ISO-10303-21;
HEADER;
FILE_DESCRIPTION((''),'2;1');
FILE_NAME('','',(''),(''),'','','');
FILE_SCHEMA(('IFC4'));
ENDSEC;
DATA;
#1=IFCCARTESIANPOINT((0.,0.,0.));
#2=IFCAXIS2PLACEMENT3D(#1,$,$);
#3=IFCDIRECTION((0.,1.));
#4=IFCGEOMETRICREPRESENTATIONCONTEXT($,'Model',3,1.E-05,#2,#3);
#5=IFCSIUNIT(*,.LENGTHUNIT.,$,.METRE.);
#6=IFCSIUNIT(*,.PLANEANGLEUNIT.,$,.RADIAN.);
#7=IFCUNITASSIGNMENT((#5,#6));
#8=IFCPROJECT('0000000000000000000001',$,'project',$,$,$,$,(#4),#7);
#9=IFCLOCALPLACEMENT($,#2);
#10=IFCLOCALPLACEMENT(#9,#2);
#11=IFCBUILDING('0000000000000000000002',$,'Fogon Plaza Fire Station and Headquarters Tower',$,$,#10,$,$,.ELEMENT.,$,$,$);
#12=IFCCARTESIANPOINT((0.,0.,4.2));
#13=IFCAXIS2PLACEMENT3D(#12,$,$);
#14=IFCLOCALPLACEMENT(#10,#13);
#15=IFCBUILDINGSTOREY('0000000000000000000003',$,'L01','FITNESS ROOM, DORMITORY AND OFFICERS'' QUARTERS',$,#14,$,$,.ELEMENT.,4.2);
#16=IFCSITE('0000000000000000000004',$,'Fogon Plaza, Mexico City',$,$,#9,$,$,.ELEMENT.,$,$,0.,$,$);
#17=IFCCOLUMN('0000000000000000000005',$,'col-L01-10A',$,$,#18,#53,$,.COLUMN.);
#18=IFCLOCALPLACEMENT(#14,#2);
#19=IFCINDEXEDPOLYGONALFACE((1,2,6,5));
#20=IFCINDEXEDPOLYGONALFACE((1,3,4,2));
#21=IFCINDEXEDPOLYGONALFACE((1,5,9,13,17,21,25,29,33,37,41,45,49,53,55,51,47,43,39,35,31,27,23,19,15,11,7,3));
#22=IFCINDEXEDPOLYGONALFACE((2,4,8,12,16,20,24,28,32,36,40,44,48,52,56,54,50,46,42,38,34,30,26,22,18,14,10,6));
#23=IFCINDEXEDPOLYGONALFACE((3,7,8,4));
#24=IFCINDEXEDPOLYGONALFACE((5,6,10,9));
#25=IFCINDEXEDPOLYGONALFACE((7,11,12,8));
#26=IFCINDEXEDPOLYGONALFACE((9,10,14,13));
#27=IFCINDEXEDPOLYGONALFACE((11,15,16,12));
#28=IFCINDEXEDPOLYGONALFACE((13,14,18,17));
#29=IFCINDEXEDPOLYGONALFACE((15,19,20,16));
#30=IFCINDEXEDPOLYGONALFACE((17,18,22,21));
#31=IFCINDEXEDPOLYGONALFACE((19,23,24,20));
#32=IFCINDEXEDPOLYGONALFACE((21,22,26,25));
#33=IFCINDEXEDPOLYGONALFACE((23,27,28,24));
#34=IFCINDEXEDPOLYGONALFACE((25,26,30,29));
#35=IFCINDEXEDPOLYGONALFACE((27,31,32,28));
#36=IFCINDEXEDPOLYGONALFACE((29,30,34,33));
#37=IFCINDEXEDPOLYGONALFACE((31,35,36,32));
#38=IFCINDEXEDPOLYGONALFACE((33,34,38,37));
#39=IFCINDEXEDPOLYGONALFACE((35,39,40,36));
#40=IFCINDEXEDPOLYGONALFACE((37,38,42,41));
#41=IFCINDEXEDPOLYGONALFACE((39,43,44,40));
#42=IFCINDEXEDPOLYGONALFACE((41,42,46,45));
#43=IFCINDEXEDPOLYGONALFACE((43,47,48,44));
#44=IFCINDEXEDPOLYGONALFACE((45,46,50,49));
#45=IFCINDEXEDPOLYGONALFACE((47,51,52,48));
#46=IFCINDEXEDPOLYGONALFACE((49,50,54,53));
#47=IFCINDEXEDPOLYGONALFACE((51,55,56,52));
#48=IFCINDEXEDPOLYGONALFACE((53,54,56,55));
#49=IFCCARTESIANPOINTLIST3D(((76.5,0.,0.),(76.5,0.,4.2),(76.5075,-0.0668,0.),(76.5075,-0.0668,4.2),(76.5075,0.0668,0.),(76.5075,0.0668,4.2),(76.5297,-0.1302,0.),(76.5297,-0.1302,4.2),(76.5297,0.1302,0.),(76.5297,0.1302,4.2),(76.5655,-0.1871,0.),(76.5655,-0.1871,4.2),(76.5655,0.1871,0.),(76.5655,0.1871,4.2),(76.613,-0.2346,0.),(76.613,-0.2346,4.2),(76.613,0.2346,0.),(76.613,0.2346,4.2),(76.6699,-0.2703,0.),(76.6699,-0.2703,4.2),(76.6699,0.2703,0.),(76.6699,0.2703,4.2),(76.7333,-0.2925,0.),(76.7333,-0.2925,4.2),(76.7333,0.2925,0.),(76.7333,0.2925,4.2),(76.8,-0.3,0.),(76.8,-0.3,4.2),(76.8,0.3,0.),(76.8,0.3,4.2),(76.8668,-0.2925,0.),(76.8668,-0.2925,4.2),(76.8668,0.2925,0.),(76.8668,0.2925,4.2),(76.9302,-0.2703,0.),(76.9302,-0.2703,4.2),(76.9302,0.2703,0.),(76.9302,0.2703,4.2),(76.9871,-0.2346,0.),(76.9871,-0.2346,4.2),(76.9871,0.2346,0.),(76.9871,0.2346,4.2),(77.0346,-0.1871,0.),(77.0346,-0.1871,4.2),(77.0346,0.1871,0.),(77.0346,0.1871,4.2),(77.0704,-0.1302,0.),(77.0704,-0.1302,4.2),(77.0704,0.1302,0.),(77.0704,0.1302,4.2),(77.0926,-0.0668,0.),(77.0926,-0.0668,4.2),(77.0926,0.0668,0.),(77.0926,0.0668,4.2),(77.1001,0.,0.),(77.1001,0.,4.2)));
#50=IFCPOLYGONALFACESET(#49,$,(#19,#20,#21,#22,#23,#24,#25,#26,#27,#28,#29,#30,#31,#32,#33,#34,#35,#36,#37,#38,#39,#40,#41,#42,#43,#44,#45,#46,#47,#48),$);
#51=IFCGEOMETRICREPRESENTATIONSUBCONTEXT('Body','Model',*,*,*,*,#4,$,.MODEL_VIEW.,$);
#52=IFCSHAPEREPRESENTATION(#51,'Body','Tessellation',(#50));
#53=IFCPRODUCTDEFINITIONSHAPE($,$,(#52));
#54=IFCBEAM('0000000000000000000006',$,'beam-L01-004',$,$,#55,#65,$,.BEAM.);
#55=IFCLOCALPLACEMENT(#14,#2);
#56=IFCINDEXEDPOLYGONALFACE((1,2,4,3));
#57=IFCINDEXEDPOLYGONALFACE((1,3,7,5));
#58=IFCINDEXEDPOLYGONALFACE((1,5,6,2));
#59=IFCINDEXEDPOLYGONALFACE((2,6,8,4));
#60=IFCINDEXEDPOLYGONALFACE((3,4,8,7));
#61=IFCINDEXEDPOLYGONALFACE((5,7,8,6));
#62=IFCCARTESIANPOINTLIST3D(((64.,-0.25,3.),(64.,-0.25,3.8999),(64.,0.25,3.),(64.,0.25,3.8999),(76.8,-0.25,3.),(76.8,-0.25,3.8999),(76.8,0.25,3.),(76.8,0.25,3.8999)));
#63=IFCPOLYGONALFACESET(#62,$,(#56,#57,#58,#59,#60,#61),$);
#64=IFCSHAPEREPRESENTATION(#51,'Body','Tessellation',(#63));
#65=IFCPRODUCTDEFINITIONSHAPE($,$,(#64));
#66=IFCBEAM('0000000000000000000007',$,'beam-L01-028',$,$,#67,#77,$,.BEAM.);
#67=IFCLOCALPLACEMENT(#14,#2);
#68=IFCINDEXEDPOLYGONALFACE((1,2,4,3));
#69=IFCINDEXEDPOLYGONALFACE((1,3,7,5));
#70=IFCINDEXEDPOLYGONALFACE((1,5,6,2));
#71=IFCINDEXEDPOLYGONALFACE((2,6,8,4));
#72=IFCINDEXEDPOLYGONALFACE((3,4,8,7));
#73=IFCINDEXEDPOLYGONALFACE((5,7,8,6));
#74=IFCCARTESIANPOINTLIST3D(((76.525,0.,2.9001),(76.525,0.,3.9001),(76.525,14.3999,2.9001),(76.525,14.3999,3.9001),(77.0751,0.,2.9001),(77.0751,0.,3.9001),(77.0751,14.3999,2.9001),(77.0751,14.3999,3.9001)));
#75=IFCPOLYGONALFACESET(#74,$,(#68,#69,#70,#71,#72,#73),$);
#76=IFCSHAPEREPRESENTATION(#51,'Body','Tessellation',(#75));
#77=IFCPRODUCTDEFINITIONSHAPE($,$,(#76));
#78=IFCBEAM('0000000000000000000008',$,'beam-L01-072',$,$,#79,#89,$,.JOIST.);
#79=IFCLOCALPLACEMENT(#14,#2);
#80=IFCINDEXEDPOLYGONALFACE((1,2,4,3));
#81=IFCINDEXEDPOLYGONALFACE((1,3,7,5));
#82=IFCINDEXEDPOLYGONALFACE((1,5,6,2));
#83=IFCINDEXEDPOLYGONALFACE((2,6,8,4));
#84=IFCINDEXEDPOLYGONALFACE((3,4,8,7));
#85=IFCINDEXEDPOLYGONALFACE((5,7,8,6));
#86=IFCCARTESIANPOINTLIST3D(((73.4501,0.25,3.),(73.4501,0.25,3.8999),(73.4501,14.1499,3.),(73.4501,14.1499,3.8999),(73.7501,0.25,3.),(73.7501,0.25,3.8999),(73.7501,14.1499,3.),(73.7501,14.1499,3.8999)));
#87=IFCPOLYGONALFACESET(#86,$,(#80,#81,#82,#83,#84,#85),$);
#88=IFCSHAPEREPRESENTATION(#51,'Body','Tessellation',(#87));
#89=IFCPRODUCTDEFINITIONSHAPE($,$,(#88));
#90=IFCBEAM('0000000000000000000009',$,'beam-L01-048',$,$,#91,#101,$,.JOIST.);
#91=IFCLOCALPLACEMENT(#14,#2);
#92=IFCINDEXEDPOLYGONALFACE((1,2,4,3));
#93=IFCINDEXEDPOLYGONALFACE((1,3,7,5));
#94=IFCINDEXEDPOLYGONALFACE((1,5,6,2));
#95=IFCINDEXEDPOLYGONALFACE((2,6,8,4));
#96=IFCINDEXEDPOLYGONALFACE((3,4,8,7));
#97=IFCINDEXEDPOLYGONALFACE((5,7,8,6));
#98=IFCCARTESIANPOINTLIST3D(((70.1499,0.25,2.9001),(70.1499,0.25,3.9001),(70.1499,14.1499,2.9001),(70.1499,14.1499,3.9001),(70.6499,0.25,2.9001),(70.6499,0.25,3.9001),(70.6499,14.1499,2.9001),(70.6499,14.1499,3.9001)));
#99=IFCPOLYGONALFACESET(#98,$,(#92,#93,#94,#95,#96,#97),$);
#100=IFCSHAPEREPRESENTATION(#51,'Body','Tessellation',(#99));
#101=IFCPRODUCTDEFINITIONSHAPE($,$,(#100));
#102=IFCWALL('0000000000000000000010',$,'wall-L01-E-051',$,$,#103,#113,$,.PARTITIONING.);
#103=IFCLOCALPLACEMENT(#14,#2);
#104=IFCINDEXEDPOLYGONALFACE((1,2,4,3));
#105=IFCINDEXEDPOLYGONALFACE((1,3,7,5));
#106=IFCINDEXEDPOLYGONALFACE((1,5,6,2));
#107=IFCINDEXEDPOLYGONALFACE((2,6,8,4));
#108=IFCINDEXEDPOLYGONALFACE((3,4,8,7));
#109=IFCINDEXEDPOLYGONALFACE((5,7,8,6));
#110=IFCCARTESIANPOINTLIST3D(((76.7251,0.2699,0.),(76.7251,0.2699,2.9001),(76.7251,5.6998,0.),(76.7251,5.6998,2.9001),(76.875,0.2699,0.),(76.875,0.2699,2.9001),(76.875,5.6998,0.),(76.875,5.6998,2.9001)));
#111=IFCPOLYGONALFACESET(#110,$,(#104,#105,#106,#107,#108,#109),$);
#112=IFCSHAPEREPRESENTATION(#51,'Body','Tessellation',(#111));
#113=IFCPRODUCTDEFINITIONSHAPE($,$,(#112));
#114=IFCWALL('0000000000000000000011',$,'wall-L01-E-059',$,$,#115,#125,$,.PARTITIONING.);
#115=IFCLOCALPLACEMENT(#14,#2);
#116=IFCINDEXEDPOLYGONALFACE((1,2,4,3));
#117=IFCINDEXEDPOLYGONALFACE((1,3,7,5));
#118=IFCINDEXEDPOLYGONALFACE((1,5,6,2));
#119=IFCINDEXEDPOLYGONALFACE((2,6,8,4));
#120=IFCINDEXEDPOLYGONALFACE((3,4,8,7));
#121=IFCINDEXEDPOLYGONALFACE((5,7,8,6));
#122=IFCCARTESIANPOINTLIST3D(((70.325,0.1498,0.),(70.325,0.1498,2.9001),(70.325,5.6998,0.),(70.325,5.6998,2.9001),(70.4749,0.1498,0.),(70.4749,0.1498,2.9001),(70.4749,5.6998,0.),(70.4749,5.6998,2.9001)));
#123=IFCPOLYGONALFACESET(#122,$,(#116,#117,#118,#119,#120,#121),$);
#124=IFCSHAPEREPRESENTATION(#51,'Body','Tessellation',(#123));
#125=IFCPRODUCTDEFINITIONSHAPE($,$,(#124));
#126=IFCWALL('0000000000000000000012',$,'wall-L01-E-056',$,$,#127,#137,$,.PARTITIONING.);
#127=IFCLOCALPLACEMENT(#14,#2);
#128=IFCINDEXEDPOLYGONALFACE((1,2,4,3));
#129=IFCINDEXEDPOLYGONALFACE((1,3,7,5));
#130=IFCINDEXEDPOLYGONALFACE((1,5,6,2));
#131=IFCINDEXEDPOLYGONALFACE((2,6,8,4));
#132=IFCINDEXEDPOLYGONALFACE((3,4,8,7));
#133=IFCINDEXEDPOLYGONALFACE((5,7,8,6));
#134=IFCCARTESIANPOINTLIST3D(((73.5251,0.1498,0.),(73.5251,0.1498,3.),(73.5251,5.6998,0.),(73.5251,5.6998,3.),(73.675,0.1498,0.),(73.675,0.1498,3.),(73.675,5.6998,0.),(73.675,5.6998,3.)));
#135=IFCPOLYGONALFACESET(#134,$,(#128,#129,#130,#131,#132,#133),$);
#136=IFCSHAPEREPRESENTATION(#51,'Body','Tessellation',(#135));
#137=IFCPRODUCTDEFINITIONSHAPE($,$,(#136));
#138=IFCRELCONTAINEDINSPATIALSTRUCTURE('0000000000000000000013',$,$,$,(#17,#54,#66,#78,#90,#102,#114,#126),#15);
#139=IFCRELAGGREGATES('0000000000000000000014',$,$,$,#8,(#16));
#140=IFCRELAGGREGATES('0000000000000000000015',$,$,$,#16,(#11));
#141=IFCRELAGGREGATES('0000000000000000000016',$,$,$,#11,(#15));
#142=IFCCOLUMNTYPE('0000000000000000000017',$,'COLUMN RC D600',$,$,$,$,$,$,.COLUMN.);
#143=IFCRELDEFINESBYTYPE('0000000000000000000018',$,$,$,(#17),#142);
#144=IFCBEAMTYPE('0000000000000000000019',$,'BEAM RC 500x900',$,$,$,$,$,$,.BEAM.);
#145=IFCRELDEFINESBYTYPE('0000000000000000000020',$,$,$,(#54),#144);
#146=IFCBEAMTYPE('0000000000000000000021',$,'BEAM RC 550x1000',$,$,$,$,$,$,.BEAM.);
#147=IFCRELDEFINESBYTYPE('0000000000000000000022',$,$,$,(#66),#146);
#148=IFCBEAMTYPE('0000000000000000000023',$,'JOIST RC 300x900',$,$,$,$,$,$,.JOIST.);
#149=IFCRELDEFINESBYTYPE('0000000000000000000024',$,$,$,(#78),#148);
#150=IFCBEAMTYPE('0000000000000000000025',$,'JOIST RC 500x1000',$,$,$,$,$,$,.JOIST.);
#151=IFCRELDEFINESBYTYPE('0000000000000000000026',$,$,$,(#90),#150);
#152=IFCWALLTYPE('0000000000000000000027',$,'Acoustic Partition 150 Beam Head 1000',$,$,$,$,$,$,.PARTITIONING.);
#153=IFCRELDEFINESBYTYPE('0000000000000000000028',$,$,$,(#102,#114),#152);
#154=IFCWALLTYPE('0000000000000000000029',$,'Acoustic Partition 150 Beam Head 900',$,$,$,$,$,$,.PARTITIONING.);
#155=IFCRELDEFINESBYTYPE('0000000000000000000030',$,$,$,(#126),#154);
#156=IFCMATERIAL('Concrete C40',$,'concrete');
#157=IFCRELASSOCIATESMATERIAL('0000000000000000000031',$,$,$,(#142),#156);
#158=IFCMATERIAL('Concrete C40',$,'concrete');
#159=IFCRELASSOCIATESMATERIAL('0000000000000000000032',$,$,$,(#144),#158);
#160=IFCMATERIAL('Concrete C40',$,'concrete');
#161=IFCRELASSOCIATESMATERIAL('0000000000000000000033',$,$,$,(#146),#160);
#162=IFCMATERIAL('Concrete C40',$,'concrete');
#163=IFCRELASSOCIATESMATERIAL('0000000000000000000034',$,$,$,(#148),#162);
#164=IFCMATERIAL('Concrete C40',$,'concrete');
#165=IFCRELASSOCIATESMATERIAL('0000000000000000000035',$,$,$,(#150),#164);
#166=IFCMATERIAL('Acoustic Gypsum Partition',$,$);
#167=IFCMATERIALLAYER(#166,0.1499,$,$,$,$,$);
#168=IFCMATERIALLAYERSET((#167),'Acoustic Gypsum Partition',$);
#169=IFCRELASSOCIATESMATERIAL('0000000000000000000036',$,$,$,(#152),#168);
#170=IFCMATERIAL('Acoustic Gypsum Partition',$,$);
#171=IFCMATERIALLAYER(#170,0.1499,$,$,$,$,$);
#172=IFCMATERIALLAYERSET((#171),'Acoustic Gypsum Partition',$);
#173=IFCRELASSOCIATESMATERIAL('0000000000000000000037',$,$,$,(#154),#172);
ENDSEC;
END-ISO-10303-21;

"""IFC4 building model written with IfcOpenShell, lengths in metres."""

from ifc_helpers import new_model, si_unit, direction, frame, frame_2d, origin, origin_2d, place, context, subcontext, project, spatial, rectangle, circle, extrude, material, layer, layer_set, material_profile, profile_set, type_object, element, save


model = new_model("IFC4")

# Units and contexts
model_context = context("Model", 3, precision=1e-05, world=origin(), true_north=direction((0.0, 1.0)))
body_context = subcontext(model_context, "Body", "Model", "MODEL_VIEW")
ifc_project = project(units=[si_unit("LENGTHUNIT", "METRE"), si_unit("PLANEANGLEUNIT", "RADIAN")], contexts=[model_context])

# Site, building, storey
site_placement = place(None, origin())
site = spatial("IfcSite", under=ifc_project, at=site_placement, Name="Fogon Plaza, Mexico City", CompositionType="ELEMENT", RefElevation=0.0)
building_placement = place(site_placement, origin())
building = spatial("IfcBuilding", under=site, at=building_placement, Name="Fogon Plaza Fire Station and Headquarters Tower", CompositionType="ELEMENT")
storey_placement = place(building_placement, frame((0.0, 0.0, 4.2)))
storey = spatial("IfcBuildingStorey", under=building, at=storey_placement, Name="L01", Description="FITNESS ROOM, DORMITORY AND OFFICERS' QUARTERS", CompositionType="ELEMENT", Elevation=4.2)

# Column
ifc_material_1 = material(Name="Concrete C40", Category="concrete")
ifc_material_profile_1 = material_profile(ifc_material_1, circle(Radius=0.3, at=origin_2d()), Name="RC D600")
ifc_profile_set_1 = profile_set([ifc_material_profile_1], Name="Concrete C40")
column_type = type_object("IfcColumnType", Name="COLUMN RC D600", PredefinedType="COLUMN", material=ifc_profile_set_1)
column_placement = place(storey_placement, frame((76.8, 0.0, 0.0), z_axis=(0.0, 0.0, 1.0), x_axis=(1.0, 0.0, 0.0)))
element("IfcColumn", 1, at=column_placement, inside=storey, type_object=column_type, Name="col-L01-10A", PredefinedType="COLUMN", context=body_context, shape_type="SweptSolid", body=[
    extrude(circle(Radius=0.3, at=origin_2d()), origin(), (0.0, 0.0, 1.0), 4.2),
])

# Beams
ifc_material_2 = material(Name="Concrete C40", Category="concrete")
ifc_material_profile_2 = material_profile(ifc_material_2, rectangle(XDim=0.5, YDim=0.8999, at=origin_2d()), Name="RC 500x900")
ifc_profile_set_2 = profile_set([ifc_material_profile_2], Name="Concrete C40")
beam_type_1 = type_object("IfcBeamType", Name="BEAM RC 500x900", PredefinedType="BEAM", material=ifc_profile_set_2)
beam_1_placement = place(storey_placement, frame((76.8, 0.0, 3.45), z_axis=(-1.0, 0.0, 0.0), x_axis=(0.0, -1.0, 0.0)))
element("IfcBeam", 2, at=beam_1_placement, inside=storey, type_object=beam_type_1, Name="beam-L01-004", PredefinedType="BEAM", context=body_context, shape_type="SweptSolid", body=[
    extrude(rectangle(XDim=0.5, YDim=0.8999, at=origin_2d()), origin(), (0.0, 0.0, 1.0), 12.8),
])
ifc_material_3 = material(Name="Concrete C40", Category="concrete")
ifc_material_profile_3 = material_profile(ifc_material_3, rectangle(XDim=0.55, YDim=1.0, at=origin_2d()), Name="RC 550x1000")
ifc_profile_set_3 = profile_set([ifc_material_profile_3], Name="Concrete C40")
beam_type_2 = type_object("IfcBeamType", Name="BEAM RC 550x1000", PredefinedType="BEAM", material=ifc_profile_set_3)
beam_2_placement = place(storey_placement, frame((76.8, 0.0, 3.4001), z_axis=(0.0, 1.0, 0.0), x_axis=(-1.0, 0.0, 0.0)))
element("IfcBeam", 3, at=beam_2_placement, inside=storey, type_object=beam_type_2, Name="beam-L01-028", PredefinedType="BEAM", context=body_context, shape_type="SweptSolid", body=[
    extrude(rectangle(XDim=0.55, YDim=1.0, at=origin_2d()), origin(), (0.0, 0.0, 1.0), 14.3999),
])
ifc_material_4 = material(Name="Concrete C40", Category="concrete")
ifc_material_profile_4 = material_profile(ifc_material_4, rectangle(XDim=0.3, YDim=0.8999, at=origin_2d()), Name="RC 300x900")
ifc_profile_set_4 = profile_set([ifc_material_profile_4], Name="Concrete C40")
beam_type_3 = type_object("IfcBeamType", Name="JOIST RC 300x900", PredefinedType="JOIST", material=ifc_profile_set_4)
beam_3_placement = place(storey_placement, frame((73.6001, 0.25, 3.45), z_axis=(0.0, 1.0, 0.0), x_axis=(-1.0, 0.0, 0.0)))
element("IfcBeam", 4, at=beam_3_placement, inside=storey, type_object=beam_type_3, Name="beam-L01-072", PredefinedType="JOIST", context=body_context, shape_type="SweptSolid", body=[
    extrude(rectangle(XDim=0.3, YDim=0.8999, at=origin_2d()), origin(), (0.0, 0.0, 1.0), 13.8999),
])
ifc_material_5 = material(Name="Concrete C40", Category="concrete")
ifc_material_profile_5 = material_profile(ifc_material_5, rectangle(XDim=0.5, YDim=1.0, at=origin_2d()), Name="RC 500x1000")
ifc_profile_set_5 = profile_set([ifc_material_profile_5], Name="Concrete C40")
beam_type_4 = type_object("IfcBeamType", Name="JOIST RC 500x1000", PredefinedType="JOIST", material=ifc_profile_set_5)
beam_4_placement = place(storey_placement, frame((70.3999, 0.25, 3.4001), z_axis=(0.0, 1.0, 0.0), x_axis=(-1.0, 0.0, 0.0)))
element("IfcBeam", 5, at=beam_4_placement, inside=storey, type_object=beam_type_4, Name="beam-L01-048", PredefinedType="JOIST", context=body_context, shape_type="SweptSolid", body=[
    extrude(rectangle(XDim=0.5, YDim=1.0, at=origin_2d()), origin(), (0.0, 0.0, 1.0), 13.8999),
])

# Walls
ifc_material_6 = material(Name="Acoustic Gypsum Partition")
ifc_layer_1 = layer(ifc_material_6, 0.1499)
ifc_layer_set_1 = layer_set([ifc_layer_1], Name="Acoustic Gypsum Partition")
wall_type_1 = type_object("IfcWallType", Name="Acoustic Partition 150 Beam Head 1000", PredefinedType="PARTITIONING", material=ifc_layer_set_1)
wall_1_placement = place(storey_placement, frame((76.8, 0.27, 0.0), z_axis=(0.0, 0.0, 1.0), x_axis=(0.0, 1.0, 0.0)))
element("IfcWall", 6, at=wall_1_placement, inside=storey, type_object=wall_type_1, Name="wall-L01-E-051", PredefinedType="PARTITIONING", context=body_context, shape_type="SweptSolid", body=[
    extrude(rectangle(XDim=5.4299, YDim=0.1499, at=frame_2d((2.7148, 0.0))), origin(), (0.0, 0.0, 1.0), 2.9001),
])
wall_2_placement = place(storey_placement, frame((70.3999, 0.1499, 0.0), z_axis=(0.0, 0.0, 1.0), x_axis=(0.0, 1.0, 0.0)))
element("IfcWall", 7, at=wall_2_placement, inside=storey, type_object=wall_type_1, Name="wall-L01-E-059", PredefinedType="PARTITIONING", context=body_context, shape_type="SweptSolid", body=[
    extrude(rectangle(XDim=5.55, YDim=0.1499, at=frame_2d((2.7749, 0.0))), origin(), (0.0, 0.0, 1.0), 2.9001),
])
ifc_material_7 = material(Name="Acoustic Gypsum Partition")
ifc_layer_2 = layer(ifc_material_7, 0.1499)
ifc_layer_set_2 = layer_set([ifc_layer_2], Name="Acoustic Gypsum Partition")
wall_type_2 = type_object("IfcWallType", Name="Acoustic Partition 150 Beam Head 900", PredefinedType="PARTITIONING", material=ifc_layer_set_2)
wall_3_placement = place(storey_placement, frame((73.6001, 0.1499, 0.0), z_axis=(0.0, 0.0, 1.0), x_axis=(0.0, 1.0, 0.0)))
element("IfcWall", 8, at=wall_3_placement, inside=storey, type_object=wall_type_2, Name="wall-L01-E-056", PredefinedType="PARTITIONING", context=body_context, shape_type="SweptSolid", body=[
    extrude(rectangle(XDim=5.55, YDim=0.1499, at=frame_2d((2.7749, 0.0))), origin(), (0.0, 0.0, 1.0), 3.0),
])

save(model, "model.ifc")
